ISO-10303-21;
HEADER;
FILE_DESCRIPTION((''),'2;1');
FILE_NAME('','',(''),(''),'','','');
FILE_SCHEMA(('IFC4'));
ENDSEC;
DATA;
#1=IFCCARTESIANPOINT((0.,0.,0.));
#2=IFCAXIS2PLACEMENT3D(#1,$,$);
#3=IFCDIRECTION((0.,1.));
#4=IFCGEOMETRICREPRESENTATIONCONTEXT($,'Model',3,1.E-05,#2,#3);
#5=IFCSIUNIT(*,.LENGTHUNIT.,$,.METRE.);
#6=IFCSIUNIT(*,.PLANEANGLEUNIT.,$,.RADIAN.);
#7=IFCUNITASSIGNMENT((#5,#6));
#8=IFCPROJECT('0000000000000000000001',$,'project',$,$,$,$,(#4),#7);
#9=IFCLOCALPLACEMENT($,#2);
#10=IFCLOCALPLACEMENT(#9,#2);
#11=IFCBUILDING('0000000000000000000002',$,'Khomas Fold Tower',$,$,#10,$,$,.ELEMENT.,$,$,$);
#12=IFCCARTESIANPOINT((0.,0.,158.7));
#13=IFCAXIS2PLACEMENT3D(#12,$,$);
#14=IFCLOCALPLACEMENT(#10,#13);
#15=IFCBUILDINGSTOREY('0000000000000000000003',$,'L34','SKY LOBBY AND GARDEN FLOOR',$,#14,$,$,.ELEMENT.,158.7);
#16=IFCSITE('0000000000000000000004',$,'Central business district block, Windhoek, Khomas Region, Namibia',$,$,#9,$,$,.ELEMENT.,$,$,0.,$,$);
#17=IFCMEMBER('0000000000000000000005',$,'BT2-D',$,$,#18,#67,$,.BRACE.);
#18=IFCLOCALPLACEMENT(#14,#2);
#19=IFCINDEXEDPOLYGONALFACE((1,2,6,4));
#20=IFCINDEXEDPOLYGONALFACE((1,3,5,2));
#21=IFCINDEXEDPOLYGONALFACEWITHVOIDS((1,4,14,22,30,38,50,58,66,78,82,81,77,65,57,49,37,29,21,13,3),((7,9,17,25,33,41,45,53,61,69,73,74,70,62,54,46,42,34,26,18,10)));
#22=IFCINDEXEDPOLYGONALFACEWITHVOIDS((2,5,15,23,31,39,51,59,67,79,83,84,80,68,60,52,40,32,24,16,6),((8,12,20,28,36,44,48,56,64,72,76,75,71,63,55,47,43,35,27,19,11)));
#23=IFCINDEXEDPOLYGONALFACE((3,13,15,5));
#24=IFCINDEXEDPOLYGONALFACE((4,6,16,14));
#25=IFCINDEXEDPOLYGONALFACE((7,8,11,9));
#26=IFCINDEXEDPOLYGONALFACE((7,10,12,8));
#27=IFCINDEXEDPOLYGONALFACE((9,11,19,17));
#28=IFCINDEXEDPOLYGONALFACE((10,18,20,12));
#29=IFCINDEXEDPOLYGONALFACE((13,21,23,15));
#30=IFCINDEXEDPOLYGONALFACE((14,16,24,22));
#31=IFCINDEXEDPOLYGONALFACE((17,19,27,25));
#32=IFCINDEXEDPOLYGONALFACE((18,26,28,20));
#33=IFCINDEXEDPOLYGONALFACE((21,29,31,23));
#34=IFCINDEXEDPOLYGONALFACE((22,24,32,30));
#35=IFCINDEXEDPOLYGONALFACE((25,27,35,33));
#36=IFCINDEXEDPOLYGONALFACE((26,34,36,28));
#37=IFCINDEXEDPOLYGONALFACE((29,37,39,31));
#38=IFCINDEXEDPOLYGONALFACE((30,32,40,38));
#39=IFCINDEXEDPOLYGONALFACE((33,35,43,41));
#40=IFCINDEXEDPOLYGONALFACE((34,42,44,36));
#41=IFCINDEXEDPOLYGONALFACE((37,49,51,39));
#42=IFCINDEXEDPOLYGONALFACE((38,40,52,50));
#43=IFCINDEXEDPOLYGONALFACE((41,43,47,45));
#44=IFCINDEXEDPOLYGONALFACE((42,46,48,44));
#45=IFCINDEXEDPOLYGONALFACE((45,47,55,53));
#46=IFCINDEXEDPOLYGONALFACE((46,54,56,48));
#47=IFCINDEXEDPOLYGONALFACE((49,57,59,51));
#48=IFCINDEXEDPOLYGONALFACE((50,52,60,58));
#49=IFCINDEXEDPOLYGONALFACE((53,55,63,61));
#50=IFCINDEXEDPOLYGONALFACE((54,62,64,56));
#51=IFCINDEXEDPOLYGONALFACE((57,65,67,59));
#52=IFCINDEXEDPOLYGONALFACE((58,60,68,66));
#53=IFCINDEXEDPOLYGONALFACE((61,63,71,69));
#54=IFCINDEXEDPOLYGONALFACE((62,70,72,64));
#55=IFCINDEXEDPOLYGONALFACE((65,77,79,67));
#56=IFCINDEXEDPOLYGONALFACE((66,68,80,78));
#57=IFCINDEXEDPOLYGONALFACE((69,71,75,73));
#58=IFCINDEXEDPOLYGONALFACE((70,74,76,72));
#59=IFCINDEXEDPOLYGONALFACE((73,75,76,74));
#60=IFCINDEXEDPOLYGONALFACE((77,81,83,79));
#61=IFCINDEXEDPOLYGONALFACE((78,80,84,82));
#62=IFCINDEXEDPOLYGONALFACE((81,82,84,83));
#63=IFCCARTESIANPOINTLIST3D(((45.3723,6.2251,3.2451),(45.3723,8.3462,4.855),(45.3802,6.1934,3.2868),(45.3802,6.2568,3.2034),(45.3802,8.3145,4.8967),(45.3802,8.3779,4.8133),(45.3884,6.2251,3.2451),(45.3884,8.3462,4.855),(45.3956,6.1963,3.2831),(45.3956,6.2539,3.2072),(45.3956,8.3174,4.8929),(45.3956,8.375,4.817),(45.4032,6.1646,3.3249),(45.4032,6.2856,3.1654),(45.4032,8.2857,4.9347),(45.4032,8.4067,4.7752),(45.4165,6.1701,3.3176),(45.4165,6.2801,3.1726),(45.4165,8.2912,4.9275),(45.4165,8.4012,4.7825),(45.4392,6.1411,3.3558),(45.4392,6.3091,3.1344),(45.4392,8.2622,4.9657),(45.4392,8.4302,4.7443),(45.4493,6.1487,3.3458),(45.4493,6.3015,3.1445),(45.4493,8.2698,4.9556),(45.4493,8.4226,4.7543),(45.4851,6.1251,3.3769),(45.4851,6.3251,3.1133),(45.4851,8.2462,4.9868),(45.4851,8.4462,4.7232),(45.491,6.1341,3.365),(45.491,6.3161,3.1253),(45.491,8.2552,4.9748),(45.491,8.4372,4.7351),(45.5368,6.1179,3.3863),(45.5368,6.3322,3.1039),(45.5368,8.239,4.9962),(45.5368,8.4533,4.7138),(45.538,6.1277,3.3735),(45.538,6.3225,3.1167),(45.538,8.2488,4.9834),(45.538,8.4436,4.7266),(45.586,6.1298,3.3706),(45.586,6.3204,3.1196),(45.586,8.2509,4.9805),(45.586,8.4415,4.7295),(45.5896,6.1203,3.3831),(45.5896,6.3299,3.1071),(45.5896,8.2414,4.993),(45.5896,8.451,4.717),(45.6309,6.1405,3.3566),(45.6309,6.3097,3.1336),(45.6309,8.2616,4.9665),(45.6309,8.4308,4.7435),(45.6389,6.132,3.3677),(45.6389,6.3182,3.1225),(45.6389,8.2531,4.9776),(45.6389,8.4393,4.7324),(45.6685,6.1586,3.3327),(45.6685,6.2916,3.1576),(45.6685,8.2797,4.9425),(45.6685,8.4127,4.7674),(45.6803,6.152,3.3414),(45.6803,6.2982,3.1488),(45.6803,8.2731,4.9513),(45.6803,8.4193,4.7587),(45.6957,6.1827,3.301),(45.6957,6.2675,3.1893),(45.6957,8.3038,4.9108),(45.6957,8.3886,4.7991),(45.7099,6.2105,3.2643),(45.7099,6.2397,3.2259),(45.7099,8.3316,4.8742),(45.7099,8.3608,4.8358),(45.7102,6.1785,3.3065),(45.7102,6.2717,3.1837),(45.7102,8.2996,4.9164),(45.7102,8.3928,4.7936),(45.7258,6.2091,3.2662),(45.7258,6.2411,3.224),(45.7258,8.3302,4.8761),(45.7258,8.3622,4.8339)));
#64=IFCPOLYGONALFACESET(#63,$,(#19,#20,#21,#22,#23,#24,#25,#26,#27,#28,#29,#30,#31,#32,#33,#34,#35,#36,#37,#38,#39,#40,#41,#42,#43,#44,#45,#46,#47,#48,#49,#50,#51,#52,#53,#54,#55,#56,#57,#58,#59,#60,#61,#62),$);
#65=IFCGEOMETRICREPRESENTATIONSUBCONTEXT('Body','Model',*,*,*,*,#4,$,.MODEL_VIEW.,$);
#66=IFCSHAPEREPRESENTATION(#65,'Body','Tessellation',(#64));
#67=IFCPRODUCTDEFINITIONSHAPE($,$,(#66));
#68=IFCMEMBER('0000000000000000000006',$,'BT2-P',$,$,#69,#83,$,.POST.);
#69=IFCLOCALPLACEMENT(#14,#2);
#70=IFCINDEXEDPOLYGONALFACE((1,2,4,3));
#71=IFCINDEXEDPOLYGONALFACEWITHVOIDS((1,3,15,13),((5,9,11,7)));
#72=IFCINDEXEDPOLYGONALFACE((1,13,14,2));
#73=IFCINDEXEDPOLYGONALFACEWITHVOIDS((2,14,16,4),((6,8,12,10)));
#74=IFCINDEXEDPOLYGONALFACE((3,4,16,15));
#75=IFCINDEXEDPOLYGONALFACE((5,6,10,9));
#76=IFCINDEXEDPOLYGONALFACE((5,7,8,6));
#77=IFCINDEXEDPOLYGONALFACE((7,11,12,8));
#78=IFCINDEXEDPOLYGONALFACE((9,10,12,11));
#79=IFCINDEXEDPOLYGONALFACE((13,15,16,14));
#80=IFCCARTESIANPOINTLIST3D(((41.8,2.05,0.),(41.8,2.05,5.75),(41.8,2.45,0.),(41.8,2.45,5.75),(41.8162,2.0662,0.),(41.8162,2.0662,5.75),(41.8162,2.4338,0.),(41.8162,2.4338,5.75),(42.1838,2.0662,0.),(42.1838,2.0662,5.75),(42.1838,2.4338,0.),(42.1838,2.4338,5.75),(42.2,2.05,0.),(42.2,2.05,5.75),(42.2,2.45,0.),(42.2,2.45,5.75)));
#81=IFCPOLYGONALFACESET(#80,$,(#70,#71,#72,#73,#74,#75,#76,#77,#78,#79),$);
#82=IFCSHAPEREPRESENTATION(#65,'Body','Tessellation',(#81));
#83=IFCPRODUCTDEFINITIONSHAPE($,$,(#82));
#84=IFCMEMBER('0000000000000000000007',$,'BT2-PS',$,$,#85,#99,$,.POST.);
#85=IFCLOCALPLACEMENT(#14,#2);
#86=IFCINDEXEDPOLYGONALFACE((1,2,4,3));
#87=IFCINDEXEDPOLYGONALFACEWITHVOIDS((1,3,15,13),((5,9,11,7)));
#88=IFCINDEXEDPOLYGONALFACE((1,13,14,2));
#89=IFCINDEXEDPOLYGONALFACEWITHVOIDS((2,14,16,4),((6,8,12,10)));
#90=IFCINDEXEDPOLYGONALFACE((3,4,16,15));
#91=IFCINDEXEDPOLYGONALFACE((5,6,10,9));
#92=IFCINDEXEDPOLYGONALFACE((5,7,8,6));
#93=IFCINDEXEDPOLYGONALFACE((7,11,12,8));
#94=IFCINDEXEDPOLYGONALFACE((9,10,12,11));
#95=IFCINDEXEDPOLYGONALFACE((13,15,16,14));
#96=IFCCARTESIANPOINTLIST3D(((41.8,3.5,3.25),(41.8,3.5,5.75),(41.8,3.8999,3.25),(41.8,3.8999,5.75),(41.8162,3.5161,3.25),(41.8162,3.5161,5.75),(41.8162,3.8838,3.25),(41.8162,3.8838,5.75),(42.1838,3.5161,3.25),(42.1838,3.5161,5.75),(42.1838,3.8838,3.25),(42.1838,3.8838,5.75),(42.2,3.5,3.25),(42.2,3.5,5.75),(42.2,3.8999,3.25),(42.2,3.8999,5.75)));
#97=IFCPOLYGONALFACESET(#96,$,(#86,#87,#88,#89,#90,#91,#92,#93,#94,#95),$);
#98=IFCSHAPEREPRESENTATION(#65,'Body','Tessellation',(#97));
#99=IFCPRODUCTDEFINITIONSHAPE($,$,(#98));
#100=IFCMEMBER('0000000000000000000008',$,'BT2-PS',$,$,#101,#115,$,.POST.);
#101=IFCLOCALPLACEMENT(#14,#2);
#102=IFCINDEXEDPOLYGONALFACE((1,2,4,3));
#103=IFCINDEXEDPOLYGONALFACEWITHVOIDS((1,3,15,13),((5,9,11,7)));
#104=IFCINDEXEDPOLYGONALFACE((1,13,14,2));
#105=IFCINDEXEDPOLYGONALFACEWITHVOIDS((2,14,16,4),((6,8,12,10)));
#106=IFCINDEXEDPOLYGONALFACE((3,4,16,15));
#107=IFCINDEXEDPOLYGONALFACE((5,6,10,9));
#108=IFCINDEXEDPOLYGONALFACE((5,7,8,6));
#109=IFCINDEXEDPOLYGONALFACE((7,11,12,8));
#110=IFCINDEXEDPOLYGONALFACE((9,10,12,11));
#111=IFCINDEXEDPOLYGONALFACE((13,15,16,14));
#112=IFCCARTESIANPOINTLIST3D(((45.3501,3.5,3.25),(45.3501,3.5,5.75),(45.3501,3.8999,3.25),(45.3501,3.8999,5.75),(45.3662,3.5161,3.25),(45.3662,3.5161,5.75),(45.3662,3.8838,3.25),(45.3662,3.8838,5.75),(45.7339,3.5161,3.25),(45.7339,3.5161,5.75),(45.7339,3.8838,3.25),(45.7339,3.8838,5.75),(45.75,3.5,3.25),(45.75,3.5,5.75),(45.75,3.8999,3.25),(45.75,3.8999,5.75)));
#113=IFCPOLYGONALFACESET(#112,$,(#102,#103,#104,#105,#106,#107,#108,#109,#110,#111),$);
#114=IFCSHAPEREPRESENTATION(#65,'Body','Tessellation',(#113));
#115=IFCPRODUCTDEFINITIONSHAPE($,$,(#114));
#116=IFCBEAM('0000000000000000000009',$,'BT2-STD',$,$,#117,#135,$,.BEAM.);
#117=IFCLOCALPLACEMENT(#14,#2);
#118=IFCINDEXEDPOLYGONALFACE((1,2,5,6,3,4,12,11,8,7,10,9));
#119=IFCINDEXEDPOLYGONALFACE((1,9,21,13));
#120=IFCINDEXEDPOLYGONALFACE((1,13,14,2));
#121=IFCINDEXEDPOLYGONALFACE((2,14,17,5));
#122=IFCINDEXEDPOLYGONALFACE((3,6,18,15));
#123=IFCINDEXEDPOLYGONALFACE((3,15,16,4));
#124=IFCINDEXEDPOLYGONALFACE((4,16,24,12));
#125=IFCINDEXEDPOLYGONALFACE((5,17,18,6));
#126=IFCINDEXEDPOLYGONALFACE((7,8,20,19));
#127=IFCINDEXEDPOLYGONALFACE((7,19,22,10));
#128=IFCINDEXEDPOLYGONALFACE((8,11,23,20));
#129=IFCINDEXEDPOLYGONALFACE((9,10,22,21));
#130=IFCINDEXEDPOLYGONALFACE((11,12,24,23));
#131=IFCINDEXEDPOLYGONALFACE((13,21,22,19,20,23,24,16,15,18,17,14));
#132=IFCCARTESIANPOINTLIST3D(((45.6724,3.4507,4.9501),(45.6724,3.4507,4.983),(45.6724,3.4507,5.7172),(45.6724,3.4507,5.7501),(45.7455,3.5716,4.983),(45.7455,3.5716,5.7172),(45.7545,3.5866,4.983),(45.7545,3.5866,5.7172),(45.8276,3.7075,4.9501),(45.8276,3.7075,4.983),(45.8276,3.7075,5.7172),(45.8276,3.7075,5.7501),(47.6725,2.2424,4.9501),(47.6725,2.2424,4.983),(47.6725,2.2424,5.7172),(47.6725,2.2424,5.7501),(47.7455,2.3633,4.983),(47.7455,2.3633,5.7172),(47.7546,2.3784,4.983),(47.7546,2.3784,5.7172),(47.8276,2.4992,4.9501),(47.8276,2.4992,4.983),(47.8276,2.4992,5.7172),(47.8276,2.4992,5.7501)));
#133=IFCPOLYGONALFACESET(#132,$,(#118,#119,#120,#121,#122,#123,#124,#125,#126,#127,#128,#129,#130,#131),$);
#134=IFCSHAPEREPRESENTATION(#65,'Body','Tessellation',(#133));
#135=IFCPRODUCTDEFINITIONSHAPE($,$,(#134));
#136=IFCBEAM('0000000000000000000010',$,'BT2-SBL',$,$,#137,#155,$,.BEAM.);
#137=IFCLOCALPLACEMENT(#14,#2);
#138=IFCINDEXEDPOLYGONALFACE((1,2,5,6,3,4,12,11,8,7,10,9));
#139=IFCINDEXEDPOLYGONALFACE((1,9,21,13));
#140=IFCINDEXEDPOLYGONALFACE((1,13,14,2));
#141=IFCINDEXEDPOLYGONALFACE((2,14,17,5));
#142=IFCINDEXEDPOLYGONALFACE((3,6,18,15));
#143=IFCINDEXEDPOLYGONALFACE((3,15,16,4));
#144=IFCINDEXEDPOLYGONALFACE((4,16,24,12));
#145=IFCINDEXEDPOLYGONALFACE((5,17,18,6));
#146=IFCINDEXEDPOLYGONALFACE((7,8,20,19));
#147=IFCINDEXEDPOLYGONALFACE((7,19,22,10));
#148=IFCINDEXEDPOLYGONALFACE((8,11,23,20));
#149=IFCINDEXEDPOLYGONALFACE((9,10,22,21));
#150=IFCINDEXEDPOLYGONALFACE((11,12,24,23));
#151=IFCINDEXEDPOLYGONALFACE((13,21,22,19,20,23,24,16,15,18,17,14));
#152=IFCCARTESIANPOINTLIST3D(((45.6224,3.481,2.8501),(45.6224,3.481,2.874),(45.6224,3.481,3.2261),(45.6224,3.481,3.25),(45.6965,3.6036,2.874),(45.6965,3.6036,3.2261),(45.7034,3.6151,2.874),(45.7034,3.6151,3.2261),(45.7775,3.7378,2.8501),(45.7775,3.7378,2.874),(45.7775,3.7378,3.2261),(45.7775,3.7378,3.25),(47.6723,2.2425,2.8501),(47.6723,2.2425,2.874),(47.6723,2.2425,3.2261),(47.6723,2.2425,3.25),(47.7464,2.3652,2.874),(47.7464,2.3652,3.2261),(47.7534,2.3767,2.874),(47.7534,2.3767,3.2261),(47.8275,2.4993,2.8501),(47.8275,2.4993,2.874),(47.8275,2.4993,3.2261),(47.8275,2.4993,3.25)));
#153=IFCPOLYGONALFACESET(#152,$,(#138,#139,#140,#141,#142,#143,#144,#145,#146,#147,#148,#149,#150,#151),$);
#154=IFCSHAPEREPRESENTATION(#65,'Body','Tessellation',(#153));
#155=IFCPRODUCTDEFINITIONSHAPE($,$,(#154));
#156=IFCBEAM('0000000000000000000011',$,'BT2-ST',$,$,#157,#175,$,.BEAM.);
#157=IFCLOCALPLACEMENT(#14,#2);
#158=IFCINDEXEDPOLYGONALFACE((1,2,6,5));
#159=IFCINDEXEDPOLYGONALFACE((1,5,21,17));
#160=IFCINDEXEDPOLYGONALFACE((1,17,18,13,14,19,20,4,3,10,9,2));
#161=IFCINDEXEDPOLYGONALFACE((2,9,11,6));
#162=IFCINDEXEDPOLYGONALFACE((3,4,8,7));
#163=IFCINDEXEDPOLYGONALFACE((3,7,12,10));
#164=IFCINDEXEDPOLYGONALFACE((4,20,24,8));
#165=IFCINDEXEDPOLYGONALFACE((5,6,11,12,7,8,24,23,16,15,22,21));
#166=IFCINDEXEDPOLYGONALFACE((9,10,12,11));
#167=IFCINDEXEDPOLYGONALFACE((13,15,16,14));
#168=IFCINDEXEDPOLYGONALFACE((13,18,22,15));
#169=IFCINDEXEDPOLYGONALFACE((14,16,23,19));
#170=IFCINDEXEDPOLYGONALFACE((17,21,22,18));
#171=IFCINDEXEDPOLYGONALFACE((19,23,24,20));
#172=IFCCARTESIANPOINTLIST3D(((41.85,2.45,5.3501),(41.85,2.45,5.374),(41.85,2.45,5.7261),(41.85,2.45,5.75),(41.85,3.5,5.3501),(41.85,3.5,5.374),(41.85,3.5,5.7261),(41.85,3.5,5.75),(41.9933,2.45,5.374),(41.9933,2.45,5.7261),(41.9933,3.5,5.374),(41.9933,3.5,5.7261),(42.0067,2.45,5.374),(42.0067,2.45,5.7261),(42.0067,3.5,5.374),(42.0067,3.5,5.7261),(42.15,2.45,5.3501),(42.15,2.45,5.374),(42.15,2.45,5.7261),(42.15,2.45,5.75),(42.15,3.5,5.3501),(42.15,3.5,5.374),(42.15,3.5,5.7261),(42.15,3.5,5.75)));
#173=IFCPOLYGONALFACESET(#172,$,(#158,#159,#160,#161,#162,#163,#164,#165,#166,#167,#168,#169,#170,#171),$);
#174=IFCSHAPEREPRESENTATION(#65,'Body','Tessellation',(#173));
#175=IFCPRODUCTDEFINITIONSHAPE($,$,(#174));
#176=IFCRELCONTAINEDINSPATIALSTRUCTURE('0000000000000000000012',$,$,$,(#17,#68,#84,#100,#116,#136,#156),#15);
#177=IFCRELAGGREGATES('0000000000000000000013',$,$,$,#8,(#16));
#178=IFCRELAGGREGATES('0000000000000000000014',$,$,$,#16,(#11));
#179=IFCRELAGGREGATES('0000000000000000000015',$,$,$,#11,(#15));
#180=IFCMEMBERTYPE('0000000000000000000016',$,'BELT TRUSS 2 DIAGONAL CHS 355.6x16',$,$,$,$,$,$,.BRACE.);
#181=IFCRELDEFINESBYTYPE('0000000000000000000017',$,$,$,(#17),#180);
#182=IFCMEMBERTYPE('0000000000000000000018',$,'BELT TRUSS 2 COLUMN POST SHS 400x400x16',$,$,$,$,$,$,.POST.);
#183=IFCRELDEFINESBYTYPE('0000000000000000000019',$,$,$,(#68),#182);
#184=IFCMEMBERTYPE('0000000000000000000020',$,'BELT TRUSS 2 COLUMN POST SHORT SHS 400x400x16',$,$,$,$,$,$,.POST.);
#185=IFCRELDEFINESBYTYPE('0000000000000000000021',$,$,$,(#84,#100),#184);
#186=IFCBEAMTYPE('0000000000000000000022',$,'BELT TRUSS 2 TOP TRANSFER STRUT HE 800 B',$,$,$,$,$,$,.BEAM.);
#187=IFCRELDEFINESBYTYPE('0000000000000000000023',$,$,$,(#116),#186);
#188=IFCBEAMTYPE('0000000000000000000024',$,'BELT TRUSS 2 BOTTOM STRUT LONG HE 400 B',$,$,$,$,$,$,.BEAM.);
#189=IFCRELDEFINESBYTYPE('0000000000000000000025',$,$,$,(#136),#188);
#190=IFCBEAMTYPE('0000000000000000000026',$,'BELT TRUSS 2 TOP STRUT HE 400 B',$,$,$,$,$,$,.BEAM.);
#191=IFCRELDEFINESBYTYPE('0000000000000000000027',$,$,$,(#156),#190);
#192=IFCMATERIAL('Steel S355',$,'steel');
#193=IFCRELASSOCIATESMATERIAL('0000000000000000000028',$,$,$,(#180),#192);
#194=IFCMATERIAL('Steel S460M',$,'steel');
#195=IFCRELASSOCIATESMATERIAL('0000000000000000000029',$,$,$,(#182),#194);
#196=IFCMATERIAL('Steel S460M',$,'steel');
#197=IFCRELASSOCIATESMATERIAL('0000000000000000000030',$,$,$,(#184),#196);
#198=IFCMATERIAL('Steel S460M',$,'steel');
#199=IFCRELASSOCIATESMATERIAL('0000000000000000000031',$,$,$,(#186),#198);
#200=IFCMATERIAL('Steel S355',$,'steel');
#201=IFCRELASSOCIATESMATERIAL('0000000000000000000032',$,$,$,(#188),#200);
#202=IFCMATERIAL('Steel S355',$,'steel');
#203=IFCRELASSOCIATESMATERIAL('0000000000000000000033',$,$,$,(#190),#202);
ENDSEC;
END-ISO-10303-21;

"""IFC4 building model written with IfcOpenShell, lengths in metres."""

from ifc_helpers import new_model, si_unit, direction, frame, origin, origin_2d, place, context, subcontext, project, spatial, hollow_rectangle, hollow_circle, i_section, extrude, source, transform, mapped, material, material_profile, profile_set, type_object, element, save


model = new_model("IFC4")

# Units and contexts
model_context = context("Model", 3, precision=1e-05, world=origin(), true_north=direction((0.0, 1.0)))
body_context = subcontext(model_context, "Body", "Model", "MODEL_VIEW")
ifc_project = project(units=[si_unit("LENGTHUNIT", "METRE"), si_unit("PLANEANGLEUNIT", "RADIAN")], contexts=[model_context])

# Site, building, storey
site_placement = place(None, origin())
site = spatial("IfcSite", under=ifc_project, at=site_placement, Name="Central business district block, Windhoek, Khomas Region, Namibia", CompositionType="ELEMENT", RefElevation=0.0)
building_placement = place(site_placement, origin())
building = spatial("IfcBuilding", under=site, at=building_placement, Name="Khomas Fold Tower", CompositionType="ELEMENT")
storey_placement = place(building_placement, frame((0.0, 0.0, 158.7)))
storey = spatial("IfcBuildingStorey", under=building, at=storey_placement, Name="L34", Description="SKY LOBBY AND GARDEN FLOOR", CompositionType="ELEMENT", Elevation=158.7)

# Members
ifc_material_1 = material(Name="Steel S355", Category="steel")
ifc_material_profile_1 = material_profile(ifc_material_1, hollow_circle(Radius=0.1777, WallThickness=0.0161, at=origin_2d()), Name="CHS 355.6x16")
ifc_profile_set_1 = profile_set([ifc_material_profile_1], Name="Steel S355")
member_type_1 = type_object("IfcMemberType", Name="BELT TRUSS 2 DIAGONAL CHS 355.6x16", PredefinedType="BRACE", material=ifc_profile_set_1)
shared_shape_1 = source(origin(), body_context, "Body", "SweptSolid", [
    extrude(hollow_circle(Radius=0.1777, WallThickness=0.0161, at=origin_2d()), origin(), (0.0, 0.0, 1.0), 2.6628),
])
member_1_placement = place(storey_placement, frame((45.55, 6.2251, 3.2451), z_axis=(0.0, 0.796554, 0.604567), x_axis=(-1.0, 0.0, 0.0)))
element("IfcMember", 1, at=member_1_placement, inside=storey, type_object=member_type_1, Name="BT2-D", PredefinedType="BRACE", context=body_context, shape_type="MappedRepresentation", body=[
    mapped(shared_shape_1, transform((0.0, 0.0, 0.0))),
])
ifc_material_2 = material(Name="Steel S460M", Category="steel")
ifc_material_profile_2 = material_profile(ifc_material_2, hollow_rectangle(XDim=0.3999, YDim=0.3999, WallThickness=0.0161, at=origin_2d()), Name="SHS 400x400x16")
ifc_profile_set_2 = profile_set([ifc_material_profile_2], Name="Steel S460M")
member_type_2 = type_object("IfcMemberType", Name="BELT TRUSS 2 COLUMN POST SHS 400x400x16", PredefinedType="POST", material=ifc_profile_set_2)
shared_shape_2 = source(origin(), body_context, "Body", "SweptSolid", [
    extrude(hollow_rectangle(XDim=0.3999, YDim=0.3999, WallThickness=0.0161, at=origin_2d()), origin(), (0.0, 0.0, 1.0), 5.75),
])
member_2_placement = place(storey_placement, frame((42.0, 2.25, 0.0), z_axis=(0.0, 0.0, 1.0), x_axis=(1.0, 0.0, 0.0)))
element("IfcMember", 2, at=member_2_placement, inside=storey, type_object=member_type_2, Name="BT2-P", PredefinedType="POST", context=body_context, shape_type="MappedRepresentation", body=[
    mapped(shared_shape_2, transform((0.0, 0.0, 0.0))),
])
ifc_material_3 = material(Name="Steel S460M", Category="steel")
ifc_material_profile_3 = material_profile(ifc_material_3, hollow_rectangle(XDim=0.3999, YDim=0.3999, WallThickness=0.0161, at=origin_2d()), Name="SHS 400x400x16")
ifc_profile_set_3 = profile_set([ifc_material_profile_3], Name="Steel S460M")
member_type_3 = type_object("IfcMemberType", Name="BELT TRUSS 2 COLUMN POST SHORT SHS 400x400x16", PredefinedType="POST", material=ifc_profile_set_3)
shared_shape_3 = source(origin(), body_context, "Body", "SweptSolid", [
    extrude(hollow_rectangle(XDim=0.3999, YDim=0.3999, WallThickness=0.0161, at=origin_2d()), origin(), (0.0, 0.0, 1.0), 2.5),
])
for number, where, z_axis, x_axis, name in (
    (3, (42.0, 3.7, 3.25), (0.0, 0.0, 1.0), (1.0, 0.0, 0.0), "BT2-PS"),
    (4, (45.55, 3.7, 3.25), (0.0, 0.0, 1.0), (1.0, 0.0, 0.0), "BT2-PS"),
):
    element("IfcMember", number, at=place(storey_placement, frame(where, z_axis=z_axis, x_axis=x_axis)), inside=storey, type_object=member_type_3, Name=name, PredefinedType="POST", context=body_context, shape_type="MappedRepresentation", body=[
        mapped(shared_shape_3, transform((0.0, 0.0, 0.0))),
    ])

# Beams
ifc_material_4 = material(Name="Steel S460M", Category="steel")
ifc_material_profile_4 = material_profile(ifc_material_4, i_section(OverallWidth=0.3, OverallDepth=0.8, WebThickness=0.0176, FlangeThickness=0.033, at=origin_2d()), Name="HE 800 B")
ifc_profile_set_4 = profile_set([ifc_material_profile_4], Name="Steel S460M")
beam_type_1 = type_object("IfcBeamType", Name="BELT TRUSS 2 TOP TRANSFER STRUT HE 800 B", PredefinedType="BEAM", material=ifc_profile_set_4)
shared_shape_4 = source(origin(), body_context, "Body", "SweptSolid", [
    extrude(i_section(OverallWidth=0.3, OverallDepth=0.8, WebThickness=0.0176, FlangeThickness=0.033, at=origin_2d()), origin(), (0.0, 0.0, 1.0), 2.3367),
])
beam_1_placement = place(storey_placement, frame((45.75, 3.5791, 5.3501), z_axis=(0.855931, -0.51709, 0.0), x_axis=(0.51709, 0.855931, 0.0)))
element("IfcBeam", 5, at=beam_1_placement, inside=storey, type_object=beam_type_1, Name="BT2-STD", PredefinedType="BEAM", context=body_context, shape_type="MappedRepresentation", body=[
    mapped(shared_shape_4, transform((0.0, 0.0, 0.0))),
])
ifc_material_5 = material(Name="Steel S355", Category="steel")
ifc_material_profile_5 = material_profile(ifc_material_5, i_section(OverallWidth=0.3, OverallDepth=0.3999, WebThickness=0.0134, FlangeThickness=0.0239, at=origin_2d()), Name="HE 400 B")
ifc_profile_set_5 = profile_set([ifc_material_profile_5], Name="Steel S355")
beam_type_2 = type_object("IfcBeamType", Name="BELT TRUSS 2 BOTTOM STRUT LONG HE 400 B", PredefinedType="BEAM", material=ifc_profile_set_5)
shared_shape_5 = source(origin(), body_context, "Body", "SweptSolid", [
    extrude(i_section(OverallWidth=0.3, OverallDepth=0.3999, WebThickness=0.0134, FlangeThickness=0.0239, at=origin_2d()), origin(), (0.0, 0.0, 1.0), 2.395),
])
beam_2_placement = place(storey_placement, frame((45.7, 3.6094, 3.05), z_axis=(0.855924, -0.517102, 0.0), x_axis=(0.517102, 0.855924, 0.0)))
element("IfcBeam", 6, at=beam_2_placement, inside=storey, type_object=beam_type_2, Name="BT2-SBL", PredefinedType="BEAM", context=body_context, shape_type="MappedRepresentation", body=[
    mapped(shared_shape_5, transform((0.0, 0.0, 0.0))),
])
ifc_material_6 = material(Name="Steel S355", Category="steel")
ifc_material_profile_6 = material_profile(ifc_material_6, i_section(OverallWidth=0.3, OverallDepth=0.3999, WebThickness=0.0134, FlangeThickness=0.0239, at=origin_2d()), Name="HE 400 B")
ifc_profile_set_6 = profile_set([ifc_material_profile_6], Name="Steel S355")
beam_type_3 = type_object("IfcBeamType", Name="BELT TRUSS 2 TOP STRUT HE 400 B", PredefinedType="BEAM", material=ifc_profile_set_6)
shared_shape_6 = source(origin(), body_context, "Body", "SweptSolid", [
    extrude(i_section(OverallWidth=0.3, OverallDepth=0.3999, WebThickness=0.0134, FlangeThickness=0.0239, at=origin_2d()), origin(), (0.0, 0.0, 1.0), 1.05),
])
beam_3_placement = place(storey_placement, frame((42.0, 3.5, 5.55), z_axis=(0.0, -1.0, 0.0), x_axis=(1.0, 0.0, 0.0)))
element("IfcBeam", 7, at=beam_3_placement, inside=storey, type_object=beam_type_3, Name="BT2-ST", PredefinedType="BEAM", context=body_context, shape_type="MappedRepresentation", body=[
    mapped(shared_shape_6, transform((0.0, 0.0, 0.0))),
])

save(model, "model.ifc")
